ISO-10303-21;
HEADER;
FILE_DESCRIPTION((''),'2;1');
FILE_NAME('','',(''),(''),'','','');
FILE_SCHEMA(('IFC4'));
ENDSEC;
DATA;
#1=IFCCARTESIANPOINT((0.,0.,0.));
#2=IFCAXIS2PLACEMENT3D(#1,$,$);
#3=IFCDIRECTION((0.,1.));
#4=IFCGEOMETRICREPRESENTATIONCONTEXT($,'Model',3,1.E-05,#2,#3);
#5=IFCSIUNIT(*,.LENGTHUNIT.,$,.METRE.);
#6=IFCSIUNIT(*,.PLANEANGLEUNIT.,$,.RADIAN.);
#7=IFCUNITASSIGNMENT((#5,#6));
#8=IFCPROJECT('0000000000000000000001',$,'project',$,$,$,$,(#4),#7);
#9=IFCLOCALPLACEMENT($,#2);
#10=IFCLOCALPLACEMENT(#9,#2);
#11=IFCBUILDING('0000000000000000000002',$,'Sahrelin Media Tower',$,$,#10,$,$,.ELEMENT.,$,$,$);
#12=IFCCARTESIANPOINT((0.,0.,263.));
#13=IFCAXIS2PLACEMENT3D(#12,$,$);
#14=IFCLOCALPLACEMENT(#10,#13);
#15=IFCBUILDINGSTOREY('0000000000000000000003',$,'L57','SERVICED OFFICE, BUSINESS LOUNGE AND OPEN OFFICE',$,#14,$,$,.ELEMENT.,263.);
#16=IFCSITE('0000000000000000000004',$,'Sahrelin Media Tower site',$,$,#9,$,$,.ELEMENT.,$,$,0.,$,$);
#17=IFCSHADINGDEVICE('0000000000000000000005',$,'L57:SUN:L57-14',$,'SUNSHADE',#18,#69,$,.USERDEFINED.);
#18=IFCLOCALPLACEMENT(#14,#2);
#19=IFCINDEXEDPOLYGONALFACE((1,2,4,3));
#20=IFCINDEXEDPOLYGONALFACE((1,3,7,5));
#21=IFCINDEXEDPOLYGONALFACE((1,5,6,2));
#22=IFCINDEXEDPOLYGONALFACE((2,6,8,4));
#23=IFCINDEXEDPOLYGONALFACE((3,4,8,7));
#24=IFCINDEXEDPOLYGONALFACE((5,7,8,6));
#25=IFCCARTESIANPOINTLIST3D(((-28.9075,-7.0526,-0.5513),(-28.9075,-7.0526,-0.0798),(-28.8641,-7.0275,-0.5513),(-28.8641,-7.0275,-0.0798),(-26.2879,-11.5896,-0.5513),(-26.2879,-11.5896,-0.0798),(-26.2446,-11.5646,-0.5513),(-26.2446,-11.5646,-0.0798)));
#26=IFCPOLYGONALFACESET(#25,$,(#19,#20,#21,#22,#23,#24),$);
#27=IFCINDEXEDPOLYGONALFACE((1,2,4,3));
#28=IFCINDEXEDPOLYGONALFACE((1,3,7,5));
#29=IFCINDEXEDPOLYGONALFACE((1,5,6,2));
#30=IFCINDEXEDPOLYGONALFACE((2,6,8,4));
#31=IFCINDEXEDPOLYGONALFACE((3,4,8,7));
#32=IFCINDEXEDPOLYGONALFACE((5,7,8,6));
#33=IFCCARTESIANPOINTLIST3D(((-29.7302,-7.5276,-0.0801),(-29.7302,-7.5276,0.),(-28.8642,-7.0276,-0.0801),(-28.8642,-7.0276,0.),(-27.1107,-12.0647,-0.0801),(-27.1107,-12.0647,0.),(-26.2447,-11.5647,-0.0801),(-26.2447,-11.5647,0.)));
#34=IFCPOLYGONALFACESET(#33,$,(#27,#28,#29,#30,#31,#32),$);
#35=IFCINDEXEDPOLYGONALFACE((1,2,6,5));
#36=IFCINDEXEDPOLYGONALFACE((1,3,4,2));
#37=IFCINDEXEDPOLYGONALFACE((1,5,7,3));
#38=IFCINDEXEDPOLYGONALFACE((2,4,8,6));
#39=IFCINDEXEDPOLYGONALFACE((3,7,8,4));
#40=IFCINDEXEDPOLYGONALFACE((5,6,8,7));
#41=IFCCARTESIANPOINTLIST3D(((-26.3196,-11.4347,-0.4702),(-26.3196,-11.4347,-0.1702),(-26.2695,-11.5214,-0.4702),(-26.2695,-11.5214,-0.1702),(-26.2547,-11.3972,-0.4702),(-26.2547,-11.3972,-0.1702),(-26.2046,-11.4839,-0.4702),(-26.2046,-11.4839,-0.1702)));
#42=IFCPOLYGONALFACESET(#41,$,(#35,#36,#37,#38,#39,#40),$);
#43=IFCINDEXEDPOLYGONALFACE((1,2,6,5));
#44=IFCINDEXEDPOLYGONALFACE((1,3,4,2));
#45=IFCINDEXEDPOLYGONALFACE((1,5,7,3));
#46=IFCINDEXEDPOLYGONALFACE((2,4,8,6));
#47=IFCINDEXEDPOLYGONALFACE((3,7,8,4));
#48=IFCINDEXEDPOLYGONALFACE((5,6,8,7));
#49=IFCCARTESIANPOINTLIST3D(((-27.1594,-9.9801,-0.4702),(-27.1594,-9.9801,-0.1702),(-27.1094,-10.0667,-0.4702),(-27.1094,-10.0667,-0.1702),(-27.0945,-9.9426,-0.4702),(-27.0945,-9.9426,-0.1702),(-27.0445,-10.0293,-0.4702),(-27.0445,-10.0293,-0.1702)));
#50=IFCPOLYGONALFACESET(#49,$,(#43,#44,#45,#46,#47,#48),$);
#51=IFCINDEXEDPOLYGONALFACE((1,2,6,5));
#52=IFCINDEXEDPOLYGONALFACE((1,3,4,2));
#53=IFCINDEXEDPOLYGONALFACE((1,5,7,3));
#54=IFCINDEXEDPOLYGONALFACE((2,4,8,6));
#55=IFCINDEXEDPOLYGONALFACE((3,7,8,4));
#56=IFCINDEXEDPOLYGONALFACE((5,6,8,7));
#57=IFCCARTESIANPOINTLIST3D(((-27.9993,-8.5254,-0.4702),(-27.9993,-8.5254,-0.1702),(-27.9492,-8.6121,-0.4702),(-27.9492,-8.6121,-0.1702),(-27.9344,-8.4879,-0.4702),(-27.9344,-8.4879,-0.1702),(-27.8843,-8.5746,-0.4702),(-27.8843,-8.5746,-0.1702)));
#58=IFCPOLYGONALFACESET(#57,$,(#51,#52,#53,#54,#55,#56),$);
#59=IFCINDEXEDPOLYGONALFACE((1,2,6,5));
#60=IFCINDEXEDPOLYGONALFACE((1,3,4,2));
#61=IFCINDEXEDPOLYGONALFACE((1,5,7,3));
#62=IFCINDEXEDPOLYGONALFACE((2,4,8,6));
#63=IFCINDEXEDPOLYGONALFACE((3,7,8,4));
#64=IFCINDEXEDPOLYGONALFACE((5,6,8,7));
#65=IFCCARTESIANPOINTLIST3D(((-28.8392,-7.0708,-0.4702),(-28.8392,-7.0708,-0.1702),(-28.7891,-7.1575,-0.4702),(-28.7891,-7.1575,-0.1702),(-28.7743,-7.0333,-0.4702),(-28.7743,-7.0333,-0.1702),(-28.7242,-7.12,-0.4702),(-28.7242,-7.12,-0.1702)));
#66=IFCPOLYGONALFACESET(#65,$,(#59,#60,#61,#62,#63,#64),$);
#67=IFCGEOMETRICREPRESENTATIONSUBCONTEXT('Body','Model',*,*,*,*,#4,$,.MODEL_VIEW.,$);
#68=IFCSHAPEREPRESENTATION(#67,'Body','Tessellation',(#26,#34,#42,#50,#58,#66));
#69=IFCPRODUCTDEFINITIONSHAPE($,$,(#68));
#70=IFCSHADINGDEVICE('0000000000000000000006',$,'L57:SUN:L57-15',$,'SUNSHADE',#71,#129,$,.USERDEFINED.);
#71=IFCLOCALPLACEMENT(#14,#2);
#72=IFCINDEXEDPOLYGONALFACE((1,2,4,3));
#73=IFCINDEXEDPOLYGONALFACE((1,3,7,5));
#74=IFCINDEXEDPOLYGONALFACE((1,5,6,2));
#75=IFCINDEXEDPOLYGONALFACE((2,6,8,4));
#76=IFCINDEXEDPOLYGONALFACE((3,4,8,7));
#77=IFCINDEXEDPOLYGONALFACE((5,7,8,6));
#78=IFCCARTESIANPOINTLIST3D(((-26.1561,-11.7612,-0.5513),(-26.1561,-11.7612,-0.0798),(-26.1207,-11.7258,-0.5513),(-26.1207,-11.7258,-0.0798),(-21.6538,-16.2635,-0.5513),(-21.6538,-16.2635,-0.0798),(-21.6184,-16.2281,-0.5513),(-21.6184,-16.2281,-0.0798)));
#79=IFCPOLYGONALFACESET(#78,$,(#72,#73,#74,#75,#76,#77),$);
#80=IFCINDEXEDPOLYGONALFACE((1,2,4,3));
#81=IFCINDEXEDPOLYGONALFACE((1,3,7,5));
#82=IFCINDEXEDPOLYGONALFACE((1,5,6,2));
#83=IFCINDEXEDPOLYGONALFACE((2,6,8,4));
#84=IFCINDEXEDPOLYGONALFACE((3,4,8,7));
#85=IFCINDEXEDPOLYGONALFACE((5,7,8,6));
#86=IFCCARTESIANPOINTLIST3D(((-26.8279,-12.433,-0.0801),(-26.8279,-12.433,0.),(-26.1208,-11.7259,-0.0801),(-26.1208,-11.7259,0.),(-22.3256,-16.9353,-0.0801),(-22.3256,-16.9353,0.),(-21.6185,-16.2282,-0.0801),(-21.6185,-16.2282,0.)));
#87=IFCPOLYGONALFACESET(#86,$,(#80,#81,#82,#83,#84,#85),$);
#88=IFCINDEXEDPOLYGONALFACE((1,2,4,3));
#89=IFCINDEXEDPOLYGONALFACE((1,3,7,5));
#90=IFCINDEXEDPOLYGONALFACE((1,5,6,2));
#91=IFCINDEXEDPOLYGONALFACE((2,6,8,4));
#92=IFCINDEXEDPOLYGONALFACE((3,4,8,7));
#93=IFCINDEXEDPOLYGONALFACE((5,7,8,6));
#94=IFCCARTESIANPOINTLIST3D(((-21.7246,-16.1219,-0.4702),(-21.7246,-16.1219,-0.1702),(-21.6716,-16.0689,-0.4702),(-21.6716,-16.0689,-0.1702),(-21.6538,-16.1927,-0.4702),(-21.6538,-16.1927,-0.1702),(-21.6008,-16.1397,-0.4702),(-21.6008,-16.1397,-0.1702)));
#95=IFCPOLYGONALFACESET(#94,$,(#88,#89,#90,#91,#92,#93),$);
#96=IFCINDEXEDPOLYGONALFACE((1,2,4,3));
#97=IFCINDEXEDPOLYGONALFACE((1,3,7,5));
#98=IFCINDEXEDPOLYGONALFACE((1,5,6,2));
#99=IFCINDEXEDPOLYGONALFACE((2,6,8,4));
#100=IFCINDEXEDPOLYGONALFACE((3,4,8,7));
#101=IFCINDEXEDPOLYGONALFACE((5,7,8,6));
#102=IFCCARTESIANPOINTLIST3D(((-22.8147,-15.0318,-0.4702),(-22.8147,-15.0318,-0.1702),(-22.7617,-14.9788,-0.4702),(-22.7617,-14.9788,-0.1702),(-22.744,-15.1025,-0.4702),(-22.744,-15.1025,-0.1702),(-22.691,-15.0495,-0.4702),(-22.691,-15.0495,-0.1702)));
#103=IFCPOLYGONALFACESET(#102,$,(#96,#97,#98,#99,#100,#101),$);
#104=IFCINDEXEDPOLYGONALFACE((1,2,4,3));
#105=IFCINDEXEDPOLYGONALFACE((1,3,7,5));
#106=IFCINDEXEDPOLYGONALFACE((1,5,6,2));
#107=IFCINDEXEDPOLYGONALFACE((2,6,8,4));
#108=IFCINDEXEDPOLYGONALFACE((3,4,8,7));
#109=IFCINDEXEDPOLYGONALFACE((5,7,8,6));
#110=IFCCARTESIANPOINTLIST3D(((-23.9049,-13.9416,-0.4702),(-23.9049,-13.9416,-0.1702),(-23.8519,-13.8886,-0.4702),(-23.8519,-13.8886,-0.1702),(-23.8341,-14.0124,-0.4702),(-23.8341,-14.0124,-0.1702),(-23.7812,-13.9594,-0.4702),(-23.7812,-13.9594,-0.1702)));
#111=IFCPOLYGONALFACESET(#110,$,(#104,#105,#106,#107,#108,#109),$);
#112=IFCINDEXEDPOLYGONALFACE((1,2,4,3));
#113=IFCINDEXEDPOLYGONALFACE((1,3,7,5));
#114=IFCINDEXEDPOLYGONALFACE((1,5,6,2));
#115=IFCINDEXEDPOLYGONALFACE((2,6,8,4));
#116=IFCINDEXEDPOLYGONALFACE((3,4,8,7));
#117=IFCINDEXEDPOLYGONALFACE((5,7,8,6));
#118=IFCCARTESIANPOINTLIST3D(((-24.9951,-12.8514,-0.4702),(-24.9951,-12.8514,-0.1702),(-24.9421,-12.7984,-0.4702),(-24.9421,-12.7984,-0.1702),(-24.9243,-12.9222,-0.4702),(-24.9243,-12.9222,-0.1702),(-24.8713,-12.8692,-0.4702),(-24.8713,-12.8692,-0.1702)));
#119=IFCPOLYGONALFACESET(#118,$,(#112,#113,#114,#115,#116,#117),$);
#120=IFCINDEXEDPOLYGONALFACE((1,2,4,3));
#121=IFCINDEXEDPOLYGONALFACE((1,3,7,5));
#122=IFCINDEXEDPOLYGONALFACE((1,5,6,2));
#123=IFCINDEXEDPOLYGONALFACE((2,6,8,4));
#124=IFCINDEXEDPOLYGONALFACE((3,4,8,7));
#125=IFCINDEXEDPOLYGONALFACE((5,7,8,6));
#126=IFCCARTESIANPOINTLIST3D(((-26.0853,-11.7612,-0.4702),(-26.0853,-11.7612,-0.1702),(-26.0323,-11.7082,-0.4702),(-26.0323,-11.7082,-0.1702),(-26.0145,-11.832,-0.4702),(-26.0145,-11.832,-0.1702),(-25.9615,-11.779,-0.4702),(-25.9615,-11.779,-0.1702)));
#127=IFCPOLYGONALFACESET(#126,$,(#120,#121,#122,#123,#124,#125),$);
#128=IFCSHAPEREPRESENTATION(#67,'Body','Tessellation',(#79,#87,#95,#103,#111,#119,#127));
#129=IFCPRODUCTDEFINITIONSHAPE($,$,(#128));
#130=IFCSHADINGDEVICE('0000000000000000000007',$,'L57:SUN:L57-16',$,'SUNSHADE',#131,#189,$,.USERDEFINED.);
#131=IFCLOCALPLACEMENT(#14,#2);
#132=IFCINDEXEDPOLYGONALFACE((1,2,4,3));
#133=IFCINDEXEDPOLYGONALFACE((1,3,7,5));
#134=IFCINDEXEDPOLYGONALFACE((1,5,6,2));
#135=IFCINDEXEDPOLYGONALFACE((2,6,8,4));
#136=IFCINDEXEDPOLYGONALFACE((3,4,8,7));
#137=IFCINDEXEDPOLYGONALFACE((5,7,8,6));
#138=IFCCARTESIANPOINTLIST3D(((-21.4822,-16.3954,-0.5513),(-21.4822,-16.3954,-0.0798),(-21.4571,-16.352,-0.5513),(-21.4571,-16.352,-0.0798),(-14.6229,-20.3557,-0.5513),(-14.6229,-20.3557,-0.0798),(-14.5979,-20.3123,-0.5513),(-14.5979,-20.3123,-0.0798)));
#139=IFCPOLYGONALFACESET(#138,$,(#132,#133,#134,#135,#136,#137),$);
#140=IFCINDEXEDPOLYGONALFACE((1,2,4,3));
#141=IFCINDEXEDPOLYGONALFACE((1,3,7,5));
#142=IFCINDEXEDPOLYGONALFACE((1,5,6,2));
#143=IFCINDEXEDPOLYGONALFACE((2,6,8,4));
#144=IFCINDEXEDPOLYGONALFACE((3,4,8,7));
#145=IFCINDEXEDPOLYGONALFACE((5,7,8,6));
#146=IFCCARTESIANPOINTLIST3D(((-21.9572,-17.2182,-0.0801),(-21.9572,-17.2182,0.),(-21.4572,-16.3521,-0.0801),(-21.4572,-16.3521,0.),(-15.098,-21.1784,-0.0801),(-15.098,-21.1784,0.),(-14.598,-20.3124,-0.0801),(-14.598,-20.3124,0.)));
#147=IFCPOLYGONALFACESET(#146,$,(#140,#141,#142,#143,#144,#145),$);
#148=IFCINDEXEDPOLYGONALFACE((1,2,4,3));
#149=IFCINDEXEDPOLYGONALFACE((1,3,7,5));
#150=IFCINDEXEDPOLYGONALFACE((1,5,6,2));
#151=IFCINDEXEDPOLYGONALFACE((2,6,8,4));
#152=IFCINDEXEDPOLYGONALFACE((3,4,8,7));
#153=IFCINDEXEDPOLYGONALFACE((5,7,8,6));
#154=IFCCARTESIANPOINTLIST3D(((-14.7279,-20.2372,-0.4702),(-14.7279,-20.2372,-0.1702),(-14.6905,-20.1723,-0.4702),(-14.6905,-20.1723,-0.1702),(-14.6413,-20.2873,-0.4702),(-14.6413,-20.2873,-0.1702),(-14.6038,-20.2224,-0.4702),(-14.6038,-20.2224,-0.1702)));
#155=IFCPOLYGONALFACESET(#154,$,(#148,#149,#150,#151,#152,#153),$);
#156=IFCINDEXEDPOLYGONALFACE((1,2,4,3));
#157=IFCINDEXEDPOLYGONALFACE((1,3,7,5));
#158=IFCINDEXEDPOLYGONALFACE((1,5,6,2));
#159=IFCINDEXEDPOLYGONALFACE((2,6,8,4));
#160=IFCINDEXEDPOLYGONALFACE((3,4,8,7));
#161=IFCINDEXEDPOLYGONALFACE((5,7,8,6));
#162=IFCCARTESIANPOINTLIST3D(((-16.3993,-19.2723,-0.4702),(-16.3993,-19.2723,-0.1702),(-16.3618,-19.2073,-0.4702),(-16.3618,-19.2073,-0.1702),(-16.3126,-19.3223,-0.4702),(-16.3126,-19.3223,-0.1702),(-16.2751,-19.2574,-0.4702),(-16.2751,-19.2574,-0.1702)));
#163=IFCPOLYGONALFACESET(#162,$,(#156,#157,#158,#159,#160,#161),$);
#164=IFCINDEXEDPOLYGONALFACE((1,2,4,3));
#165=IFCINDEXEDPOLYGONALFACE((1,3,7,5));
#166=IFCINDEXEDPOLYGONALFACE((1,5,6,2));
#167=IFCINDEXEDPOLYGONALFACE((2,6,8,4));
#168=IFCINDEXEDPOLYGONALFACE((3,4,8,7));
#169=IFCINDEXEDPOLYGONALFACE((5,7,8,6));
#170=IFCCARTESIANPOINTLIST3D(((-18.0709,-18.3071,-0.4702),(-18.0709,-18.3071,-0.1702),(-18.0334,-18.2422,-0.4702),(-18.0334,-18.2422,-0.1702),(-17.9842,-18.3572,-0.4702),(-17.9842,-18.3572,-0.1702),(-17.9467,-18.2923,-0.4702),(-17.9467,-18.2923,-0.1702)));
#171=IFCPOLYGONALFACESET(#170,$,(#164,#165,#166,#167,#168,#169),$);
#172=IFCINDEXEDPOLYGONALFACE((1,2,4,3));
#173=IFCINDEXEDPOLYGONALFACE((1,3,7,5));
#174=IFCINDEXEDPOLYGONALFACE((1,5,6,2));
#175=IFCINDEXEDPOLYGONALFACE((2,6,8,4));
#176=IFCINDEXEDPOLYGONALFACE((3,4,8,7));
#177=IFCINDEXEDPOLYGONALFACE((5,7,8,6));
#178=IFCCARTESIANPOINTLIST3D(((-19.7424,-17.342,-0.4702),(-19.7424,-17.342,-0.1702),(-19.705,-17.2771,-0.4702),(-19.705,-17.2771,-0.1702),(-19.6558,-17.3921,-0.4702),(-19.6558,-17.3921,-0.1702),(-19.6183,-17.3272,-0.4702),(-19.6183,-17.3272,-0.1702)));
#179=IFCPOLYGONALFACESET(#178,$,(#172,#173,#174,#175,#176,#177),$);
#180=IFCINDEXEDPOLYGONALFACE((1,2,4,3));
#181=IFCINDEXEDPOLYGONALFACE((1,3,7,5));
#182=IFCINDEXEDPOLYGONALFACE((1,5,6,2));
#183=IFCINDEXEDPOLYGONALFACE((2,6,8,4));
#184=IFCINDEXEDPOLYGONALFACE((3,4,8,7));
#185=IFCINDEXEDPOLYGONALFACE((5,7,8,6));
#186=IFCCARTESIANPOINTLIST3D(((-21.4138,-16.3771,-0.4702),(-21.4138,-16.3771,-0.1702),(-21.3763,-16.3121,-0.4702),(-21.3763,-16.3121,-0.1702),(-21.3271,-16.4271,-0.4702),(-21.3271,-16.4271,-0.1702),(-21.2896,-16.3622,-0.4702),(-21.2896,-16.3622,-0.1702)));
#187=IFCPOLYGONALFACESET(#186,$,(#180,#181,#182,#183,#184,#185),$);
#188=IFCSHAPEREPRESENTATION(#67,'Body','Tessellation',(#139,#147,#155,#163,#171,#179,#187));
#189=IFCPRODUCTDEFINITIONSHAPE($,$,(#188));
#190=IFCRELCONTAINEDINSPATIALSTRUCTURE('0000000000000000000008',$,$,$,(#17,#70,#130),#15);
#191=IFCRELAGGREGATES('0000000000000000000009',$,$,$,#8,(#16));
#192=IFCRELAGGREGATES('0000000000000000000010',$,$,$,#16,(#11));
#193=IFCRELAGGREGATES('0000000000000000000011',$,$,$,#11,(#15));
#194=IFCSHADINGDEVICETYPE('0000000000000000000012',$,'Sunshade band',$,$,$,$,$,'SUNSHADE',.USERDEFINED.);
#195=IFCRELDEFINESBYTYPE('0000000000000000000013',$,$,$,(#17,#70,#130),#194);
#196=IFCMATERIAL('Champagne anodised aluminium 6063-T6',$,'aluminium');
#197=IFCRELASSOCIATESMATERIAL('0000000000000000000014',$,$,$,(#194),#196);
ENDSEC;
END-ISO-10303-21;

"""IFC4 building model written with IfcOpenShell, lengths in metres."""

from ifc_helpers import new_model, si_unit, direction, frame, origin, origin_2d, place, context, subcontext, project, spatial, rectangle, extrude, material, type_object, element, save


model = new_model("IFC4")

# Units and contexts
model_context = context("Model", 3, precision=1e-05, world=origin(), true_north=direction((0.0, 1.0)))
body_context = subcontext(model_context, "Body", "Model", "MODEL_VIEW")
ifc_project = project(units=[si_unit("LENGTHUNIT", "METRE"), si_unit("PLANEANGLEUNIT", "RADIAN")], contexts=[model_context])

# Site, building, storey
site_placement = place(None, origin())
site = spatial("IfcSite", under=ifc_project, at=site_placement, Name="Sahrelin Media Tower site", CompositionType="ELEMENT", RefElevation=0.0)
building_placement = place(site_placement, origin())
building = spatial("IfcBuilding", under=site, at=building_placement, Name="Sahrelin Media Tower", CompositionType="ELEMENT")
storey_placement = place(building_placement, frame((0.0, 0.0, 263.0)))
storey = spatial("IfcBuildingStorey", under=building, at=storey_placement, Name="L57", Description="SERVICED OFFICE, BUSINESS LOUNGE AND OPEN OFFICE", CompositionType="ELEMENT", Elevation=263.0)

# Shared definitions
ifc_material_1 = material(Name="Champagne anodised aluminium 6063-T6", Category="aluminium")

# Shading devices
placement_1 = place(storey_placement, frame((-27.5371, -9.2861, 0.0), z_axis=(0.0, 0.0, 1.0), x_axis=(-0.500011, 0.866019, 0.0)))
placement_2 = place(storey_placement, frame((-23.8555, -13.9629, 0.0), z_axis=(0.0, 0.0, 1.0), x_axis=(-0.707107, 0.707107, 0.0)))
placement_3 = place(storey_placement, frame((-18.0176, -18.3149, 0.0), z_axis=(0.0, 0.0, 1.0), x_axis=(-0.866019, 0.500011, 0.0)))
shading_device_type_1 = type_object("IfcShadingDeviceType", Name="Sunshade band", ElementType="SUNSHADE", PredefinedType="USERDEFINED", material=ifc_material_1)
element("IfcShadingDevice", 1, at=placement_1, inside=storey, type_object=shading_device_type_1, Name="L57:SUN:L57-14", ObjectType="SUNSHADE", PredefinedType="USERDEFINED", context=body_context, shape_type="SweptSolid", body=[
    extrude(rectangle(XDim=5.239, YDim=0.05, at=origin_2d()), frame((0.0, 0.0449, -0.5513)), (0.0, 0.0, 1.0), 0.4714),
    extrude(rectangle(XDim=5.239, YDim=1.0, at=origin_2d()), frame((0.0, 0.52, -0.0801)), (0.0, 0.0, 1.0), 0.0801),
    extrude(rectangle(XDim=0.1001, YDim=0.075, at=origin_2d()), frame((-2.5195, -0.0176, -0.4702)), (0.0, 0.0, 1.0), 0.3),
    extrude(rectangle(XDim=0.1001, YDim=0.075, at=origin_2d()), frame((-0.8398, -0.0176, -0.4702)), (0.0, 0.0, 1.0), 0.3),
    extrude(rectangle(XDim=0.1001, YDim=0.075, at=origin_2d()), frame((0.8398, -0.0176, -0.4702)), (0.0, 0.0, 1.0), 0.3),
    extrude(rectangle(XDim=0.1001, YDim=0.075, at=origin_2d()), frame((2.5195, -0.0176, -0.4702)), (0.0, 0.0, 1.0), 0.3),
])
element("IfcShadingDevice", 2, at=placement_2, inside=storey, type_object=shading_device_type_1, Name="L57:SUN:L57-15", ObjectType="SUNSHADE", PredefinedType="USERDEFINED", context=body_context, shape_type="SweptSolid", body=[
    extrude(rectangle(XDim=6.3672, YDim=0.05, at=origin_2d()), frame((0.0, 0.0449, -0.5513)), (0.0, 0.0, 1.0), 0.4714),
    extrude(rectangle(XDim=6.3672, YDim=1.0, at=origin_2d()), frame((0.0, 0.52, -0.0801)), (0.0, 0.0, 1.0), 0.0801),
    extrude(rectangle(XDim=0.1001, YDim=0.075, at=origin_2d()), frame((-3.0835, -0.0176, -0.4702)), (0.0, 0.0, 1.0), 0.3),
    extrude(rectangle(XDim=0.1001, YDim=0.075, at=origin_2d()), frame((-1.5417, -0.0176, -0.4702)), (0.0, 0.0, 1.0), 0.3),
    extrude(rectangle(XDim=0.1001, YDim=0.075, at=origin_2d()), frame((0.0, -0.0176, -0.4702)), (0.0, 0.0, 1.0), 0.3),
    extrude(rectangle(XDim=0.1001, YDim=0.075, at=origin_2d()), frame((1.5417, -0.0176, -0.4702)), (0.0, 0.0, 1.0), 0.3),
    extrude(rectangle(XDim=0.1001, YDim=0.075, at=origin_2d()), frame((3.0835, -0.0176, -0.4702)), (0.0, 0.0, 1.0), 0.3),
])
element("IfcShadingDevice", 3, at=placement_3, inside=storey, type_object=shading_device_type_1, Name="L57:SUN:L57-16", ObjectType="SUNSHADE", PredefinedType="USERDEFINED", context=body_context, shape_type="SweptSolid", body=[
    extrude(rectangle(XDim=7.9204, YDim=0.05, at=origin_2d()), frame((0.0, 0.0449, -0.5513)), (0.0, 0.0, 1.0), 0.4714),
    extrude(rectangle(XDim=7.9204, YDim=1.0, at=origin_2d()), frame((0.0, 0.52, -0.0801)), (0.0, 0.0, 1.0), 0.0801),
    extrude(rectangle(XDim=0.1001, YDim=0.075, at=origin_2d()), frame((-3.8601, -0.0176, -0.4702)), (0.0, 0.0, 1.0), 0.3),
    extrude(rectangle(XDim=0.1001, YDim=0.075, at=origin_2d()), frame((-1.9302, -0.0176, -0.4702)), (0.0, 0.0, 1.0), 0.3),
    extrude(rectangle(XDim=0.1001, YDim=0.075, at=origin_2d()), frame((0.0, -0.0176, -0.4702)), (0.0, 0.0, 1.0), 0.3),
    extrude(rectangle(XDim=0.1001, YDim=0.075, at=origin_2d()), frame((1.9302, -0.0176, -0.4702)), (0.0, 0.0, 1.0), 0.3),
    extrude(rectangle(XDim=0.1001, YDim=0.075, at=origin_2d()), frame((3.8601, -0.0176, -0.4702)), (0.0, 0.0, 1.0), 0.3),
])

save(model, "model.ifc")
